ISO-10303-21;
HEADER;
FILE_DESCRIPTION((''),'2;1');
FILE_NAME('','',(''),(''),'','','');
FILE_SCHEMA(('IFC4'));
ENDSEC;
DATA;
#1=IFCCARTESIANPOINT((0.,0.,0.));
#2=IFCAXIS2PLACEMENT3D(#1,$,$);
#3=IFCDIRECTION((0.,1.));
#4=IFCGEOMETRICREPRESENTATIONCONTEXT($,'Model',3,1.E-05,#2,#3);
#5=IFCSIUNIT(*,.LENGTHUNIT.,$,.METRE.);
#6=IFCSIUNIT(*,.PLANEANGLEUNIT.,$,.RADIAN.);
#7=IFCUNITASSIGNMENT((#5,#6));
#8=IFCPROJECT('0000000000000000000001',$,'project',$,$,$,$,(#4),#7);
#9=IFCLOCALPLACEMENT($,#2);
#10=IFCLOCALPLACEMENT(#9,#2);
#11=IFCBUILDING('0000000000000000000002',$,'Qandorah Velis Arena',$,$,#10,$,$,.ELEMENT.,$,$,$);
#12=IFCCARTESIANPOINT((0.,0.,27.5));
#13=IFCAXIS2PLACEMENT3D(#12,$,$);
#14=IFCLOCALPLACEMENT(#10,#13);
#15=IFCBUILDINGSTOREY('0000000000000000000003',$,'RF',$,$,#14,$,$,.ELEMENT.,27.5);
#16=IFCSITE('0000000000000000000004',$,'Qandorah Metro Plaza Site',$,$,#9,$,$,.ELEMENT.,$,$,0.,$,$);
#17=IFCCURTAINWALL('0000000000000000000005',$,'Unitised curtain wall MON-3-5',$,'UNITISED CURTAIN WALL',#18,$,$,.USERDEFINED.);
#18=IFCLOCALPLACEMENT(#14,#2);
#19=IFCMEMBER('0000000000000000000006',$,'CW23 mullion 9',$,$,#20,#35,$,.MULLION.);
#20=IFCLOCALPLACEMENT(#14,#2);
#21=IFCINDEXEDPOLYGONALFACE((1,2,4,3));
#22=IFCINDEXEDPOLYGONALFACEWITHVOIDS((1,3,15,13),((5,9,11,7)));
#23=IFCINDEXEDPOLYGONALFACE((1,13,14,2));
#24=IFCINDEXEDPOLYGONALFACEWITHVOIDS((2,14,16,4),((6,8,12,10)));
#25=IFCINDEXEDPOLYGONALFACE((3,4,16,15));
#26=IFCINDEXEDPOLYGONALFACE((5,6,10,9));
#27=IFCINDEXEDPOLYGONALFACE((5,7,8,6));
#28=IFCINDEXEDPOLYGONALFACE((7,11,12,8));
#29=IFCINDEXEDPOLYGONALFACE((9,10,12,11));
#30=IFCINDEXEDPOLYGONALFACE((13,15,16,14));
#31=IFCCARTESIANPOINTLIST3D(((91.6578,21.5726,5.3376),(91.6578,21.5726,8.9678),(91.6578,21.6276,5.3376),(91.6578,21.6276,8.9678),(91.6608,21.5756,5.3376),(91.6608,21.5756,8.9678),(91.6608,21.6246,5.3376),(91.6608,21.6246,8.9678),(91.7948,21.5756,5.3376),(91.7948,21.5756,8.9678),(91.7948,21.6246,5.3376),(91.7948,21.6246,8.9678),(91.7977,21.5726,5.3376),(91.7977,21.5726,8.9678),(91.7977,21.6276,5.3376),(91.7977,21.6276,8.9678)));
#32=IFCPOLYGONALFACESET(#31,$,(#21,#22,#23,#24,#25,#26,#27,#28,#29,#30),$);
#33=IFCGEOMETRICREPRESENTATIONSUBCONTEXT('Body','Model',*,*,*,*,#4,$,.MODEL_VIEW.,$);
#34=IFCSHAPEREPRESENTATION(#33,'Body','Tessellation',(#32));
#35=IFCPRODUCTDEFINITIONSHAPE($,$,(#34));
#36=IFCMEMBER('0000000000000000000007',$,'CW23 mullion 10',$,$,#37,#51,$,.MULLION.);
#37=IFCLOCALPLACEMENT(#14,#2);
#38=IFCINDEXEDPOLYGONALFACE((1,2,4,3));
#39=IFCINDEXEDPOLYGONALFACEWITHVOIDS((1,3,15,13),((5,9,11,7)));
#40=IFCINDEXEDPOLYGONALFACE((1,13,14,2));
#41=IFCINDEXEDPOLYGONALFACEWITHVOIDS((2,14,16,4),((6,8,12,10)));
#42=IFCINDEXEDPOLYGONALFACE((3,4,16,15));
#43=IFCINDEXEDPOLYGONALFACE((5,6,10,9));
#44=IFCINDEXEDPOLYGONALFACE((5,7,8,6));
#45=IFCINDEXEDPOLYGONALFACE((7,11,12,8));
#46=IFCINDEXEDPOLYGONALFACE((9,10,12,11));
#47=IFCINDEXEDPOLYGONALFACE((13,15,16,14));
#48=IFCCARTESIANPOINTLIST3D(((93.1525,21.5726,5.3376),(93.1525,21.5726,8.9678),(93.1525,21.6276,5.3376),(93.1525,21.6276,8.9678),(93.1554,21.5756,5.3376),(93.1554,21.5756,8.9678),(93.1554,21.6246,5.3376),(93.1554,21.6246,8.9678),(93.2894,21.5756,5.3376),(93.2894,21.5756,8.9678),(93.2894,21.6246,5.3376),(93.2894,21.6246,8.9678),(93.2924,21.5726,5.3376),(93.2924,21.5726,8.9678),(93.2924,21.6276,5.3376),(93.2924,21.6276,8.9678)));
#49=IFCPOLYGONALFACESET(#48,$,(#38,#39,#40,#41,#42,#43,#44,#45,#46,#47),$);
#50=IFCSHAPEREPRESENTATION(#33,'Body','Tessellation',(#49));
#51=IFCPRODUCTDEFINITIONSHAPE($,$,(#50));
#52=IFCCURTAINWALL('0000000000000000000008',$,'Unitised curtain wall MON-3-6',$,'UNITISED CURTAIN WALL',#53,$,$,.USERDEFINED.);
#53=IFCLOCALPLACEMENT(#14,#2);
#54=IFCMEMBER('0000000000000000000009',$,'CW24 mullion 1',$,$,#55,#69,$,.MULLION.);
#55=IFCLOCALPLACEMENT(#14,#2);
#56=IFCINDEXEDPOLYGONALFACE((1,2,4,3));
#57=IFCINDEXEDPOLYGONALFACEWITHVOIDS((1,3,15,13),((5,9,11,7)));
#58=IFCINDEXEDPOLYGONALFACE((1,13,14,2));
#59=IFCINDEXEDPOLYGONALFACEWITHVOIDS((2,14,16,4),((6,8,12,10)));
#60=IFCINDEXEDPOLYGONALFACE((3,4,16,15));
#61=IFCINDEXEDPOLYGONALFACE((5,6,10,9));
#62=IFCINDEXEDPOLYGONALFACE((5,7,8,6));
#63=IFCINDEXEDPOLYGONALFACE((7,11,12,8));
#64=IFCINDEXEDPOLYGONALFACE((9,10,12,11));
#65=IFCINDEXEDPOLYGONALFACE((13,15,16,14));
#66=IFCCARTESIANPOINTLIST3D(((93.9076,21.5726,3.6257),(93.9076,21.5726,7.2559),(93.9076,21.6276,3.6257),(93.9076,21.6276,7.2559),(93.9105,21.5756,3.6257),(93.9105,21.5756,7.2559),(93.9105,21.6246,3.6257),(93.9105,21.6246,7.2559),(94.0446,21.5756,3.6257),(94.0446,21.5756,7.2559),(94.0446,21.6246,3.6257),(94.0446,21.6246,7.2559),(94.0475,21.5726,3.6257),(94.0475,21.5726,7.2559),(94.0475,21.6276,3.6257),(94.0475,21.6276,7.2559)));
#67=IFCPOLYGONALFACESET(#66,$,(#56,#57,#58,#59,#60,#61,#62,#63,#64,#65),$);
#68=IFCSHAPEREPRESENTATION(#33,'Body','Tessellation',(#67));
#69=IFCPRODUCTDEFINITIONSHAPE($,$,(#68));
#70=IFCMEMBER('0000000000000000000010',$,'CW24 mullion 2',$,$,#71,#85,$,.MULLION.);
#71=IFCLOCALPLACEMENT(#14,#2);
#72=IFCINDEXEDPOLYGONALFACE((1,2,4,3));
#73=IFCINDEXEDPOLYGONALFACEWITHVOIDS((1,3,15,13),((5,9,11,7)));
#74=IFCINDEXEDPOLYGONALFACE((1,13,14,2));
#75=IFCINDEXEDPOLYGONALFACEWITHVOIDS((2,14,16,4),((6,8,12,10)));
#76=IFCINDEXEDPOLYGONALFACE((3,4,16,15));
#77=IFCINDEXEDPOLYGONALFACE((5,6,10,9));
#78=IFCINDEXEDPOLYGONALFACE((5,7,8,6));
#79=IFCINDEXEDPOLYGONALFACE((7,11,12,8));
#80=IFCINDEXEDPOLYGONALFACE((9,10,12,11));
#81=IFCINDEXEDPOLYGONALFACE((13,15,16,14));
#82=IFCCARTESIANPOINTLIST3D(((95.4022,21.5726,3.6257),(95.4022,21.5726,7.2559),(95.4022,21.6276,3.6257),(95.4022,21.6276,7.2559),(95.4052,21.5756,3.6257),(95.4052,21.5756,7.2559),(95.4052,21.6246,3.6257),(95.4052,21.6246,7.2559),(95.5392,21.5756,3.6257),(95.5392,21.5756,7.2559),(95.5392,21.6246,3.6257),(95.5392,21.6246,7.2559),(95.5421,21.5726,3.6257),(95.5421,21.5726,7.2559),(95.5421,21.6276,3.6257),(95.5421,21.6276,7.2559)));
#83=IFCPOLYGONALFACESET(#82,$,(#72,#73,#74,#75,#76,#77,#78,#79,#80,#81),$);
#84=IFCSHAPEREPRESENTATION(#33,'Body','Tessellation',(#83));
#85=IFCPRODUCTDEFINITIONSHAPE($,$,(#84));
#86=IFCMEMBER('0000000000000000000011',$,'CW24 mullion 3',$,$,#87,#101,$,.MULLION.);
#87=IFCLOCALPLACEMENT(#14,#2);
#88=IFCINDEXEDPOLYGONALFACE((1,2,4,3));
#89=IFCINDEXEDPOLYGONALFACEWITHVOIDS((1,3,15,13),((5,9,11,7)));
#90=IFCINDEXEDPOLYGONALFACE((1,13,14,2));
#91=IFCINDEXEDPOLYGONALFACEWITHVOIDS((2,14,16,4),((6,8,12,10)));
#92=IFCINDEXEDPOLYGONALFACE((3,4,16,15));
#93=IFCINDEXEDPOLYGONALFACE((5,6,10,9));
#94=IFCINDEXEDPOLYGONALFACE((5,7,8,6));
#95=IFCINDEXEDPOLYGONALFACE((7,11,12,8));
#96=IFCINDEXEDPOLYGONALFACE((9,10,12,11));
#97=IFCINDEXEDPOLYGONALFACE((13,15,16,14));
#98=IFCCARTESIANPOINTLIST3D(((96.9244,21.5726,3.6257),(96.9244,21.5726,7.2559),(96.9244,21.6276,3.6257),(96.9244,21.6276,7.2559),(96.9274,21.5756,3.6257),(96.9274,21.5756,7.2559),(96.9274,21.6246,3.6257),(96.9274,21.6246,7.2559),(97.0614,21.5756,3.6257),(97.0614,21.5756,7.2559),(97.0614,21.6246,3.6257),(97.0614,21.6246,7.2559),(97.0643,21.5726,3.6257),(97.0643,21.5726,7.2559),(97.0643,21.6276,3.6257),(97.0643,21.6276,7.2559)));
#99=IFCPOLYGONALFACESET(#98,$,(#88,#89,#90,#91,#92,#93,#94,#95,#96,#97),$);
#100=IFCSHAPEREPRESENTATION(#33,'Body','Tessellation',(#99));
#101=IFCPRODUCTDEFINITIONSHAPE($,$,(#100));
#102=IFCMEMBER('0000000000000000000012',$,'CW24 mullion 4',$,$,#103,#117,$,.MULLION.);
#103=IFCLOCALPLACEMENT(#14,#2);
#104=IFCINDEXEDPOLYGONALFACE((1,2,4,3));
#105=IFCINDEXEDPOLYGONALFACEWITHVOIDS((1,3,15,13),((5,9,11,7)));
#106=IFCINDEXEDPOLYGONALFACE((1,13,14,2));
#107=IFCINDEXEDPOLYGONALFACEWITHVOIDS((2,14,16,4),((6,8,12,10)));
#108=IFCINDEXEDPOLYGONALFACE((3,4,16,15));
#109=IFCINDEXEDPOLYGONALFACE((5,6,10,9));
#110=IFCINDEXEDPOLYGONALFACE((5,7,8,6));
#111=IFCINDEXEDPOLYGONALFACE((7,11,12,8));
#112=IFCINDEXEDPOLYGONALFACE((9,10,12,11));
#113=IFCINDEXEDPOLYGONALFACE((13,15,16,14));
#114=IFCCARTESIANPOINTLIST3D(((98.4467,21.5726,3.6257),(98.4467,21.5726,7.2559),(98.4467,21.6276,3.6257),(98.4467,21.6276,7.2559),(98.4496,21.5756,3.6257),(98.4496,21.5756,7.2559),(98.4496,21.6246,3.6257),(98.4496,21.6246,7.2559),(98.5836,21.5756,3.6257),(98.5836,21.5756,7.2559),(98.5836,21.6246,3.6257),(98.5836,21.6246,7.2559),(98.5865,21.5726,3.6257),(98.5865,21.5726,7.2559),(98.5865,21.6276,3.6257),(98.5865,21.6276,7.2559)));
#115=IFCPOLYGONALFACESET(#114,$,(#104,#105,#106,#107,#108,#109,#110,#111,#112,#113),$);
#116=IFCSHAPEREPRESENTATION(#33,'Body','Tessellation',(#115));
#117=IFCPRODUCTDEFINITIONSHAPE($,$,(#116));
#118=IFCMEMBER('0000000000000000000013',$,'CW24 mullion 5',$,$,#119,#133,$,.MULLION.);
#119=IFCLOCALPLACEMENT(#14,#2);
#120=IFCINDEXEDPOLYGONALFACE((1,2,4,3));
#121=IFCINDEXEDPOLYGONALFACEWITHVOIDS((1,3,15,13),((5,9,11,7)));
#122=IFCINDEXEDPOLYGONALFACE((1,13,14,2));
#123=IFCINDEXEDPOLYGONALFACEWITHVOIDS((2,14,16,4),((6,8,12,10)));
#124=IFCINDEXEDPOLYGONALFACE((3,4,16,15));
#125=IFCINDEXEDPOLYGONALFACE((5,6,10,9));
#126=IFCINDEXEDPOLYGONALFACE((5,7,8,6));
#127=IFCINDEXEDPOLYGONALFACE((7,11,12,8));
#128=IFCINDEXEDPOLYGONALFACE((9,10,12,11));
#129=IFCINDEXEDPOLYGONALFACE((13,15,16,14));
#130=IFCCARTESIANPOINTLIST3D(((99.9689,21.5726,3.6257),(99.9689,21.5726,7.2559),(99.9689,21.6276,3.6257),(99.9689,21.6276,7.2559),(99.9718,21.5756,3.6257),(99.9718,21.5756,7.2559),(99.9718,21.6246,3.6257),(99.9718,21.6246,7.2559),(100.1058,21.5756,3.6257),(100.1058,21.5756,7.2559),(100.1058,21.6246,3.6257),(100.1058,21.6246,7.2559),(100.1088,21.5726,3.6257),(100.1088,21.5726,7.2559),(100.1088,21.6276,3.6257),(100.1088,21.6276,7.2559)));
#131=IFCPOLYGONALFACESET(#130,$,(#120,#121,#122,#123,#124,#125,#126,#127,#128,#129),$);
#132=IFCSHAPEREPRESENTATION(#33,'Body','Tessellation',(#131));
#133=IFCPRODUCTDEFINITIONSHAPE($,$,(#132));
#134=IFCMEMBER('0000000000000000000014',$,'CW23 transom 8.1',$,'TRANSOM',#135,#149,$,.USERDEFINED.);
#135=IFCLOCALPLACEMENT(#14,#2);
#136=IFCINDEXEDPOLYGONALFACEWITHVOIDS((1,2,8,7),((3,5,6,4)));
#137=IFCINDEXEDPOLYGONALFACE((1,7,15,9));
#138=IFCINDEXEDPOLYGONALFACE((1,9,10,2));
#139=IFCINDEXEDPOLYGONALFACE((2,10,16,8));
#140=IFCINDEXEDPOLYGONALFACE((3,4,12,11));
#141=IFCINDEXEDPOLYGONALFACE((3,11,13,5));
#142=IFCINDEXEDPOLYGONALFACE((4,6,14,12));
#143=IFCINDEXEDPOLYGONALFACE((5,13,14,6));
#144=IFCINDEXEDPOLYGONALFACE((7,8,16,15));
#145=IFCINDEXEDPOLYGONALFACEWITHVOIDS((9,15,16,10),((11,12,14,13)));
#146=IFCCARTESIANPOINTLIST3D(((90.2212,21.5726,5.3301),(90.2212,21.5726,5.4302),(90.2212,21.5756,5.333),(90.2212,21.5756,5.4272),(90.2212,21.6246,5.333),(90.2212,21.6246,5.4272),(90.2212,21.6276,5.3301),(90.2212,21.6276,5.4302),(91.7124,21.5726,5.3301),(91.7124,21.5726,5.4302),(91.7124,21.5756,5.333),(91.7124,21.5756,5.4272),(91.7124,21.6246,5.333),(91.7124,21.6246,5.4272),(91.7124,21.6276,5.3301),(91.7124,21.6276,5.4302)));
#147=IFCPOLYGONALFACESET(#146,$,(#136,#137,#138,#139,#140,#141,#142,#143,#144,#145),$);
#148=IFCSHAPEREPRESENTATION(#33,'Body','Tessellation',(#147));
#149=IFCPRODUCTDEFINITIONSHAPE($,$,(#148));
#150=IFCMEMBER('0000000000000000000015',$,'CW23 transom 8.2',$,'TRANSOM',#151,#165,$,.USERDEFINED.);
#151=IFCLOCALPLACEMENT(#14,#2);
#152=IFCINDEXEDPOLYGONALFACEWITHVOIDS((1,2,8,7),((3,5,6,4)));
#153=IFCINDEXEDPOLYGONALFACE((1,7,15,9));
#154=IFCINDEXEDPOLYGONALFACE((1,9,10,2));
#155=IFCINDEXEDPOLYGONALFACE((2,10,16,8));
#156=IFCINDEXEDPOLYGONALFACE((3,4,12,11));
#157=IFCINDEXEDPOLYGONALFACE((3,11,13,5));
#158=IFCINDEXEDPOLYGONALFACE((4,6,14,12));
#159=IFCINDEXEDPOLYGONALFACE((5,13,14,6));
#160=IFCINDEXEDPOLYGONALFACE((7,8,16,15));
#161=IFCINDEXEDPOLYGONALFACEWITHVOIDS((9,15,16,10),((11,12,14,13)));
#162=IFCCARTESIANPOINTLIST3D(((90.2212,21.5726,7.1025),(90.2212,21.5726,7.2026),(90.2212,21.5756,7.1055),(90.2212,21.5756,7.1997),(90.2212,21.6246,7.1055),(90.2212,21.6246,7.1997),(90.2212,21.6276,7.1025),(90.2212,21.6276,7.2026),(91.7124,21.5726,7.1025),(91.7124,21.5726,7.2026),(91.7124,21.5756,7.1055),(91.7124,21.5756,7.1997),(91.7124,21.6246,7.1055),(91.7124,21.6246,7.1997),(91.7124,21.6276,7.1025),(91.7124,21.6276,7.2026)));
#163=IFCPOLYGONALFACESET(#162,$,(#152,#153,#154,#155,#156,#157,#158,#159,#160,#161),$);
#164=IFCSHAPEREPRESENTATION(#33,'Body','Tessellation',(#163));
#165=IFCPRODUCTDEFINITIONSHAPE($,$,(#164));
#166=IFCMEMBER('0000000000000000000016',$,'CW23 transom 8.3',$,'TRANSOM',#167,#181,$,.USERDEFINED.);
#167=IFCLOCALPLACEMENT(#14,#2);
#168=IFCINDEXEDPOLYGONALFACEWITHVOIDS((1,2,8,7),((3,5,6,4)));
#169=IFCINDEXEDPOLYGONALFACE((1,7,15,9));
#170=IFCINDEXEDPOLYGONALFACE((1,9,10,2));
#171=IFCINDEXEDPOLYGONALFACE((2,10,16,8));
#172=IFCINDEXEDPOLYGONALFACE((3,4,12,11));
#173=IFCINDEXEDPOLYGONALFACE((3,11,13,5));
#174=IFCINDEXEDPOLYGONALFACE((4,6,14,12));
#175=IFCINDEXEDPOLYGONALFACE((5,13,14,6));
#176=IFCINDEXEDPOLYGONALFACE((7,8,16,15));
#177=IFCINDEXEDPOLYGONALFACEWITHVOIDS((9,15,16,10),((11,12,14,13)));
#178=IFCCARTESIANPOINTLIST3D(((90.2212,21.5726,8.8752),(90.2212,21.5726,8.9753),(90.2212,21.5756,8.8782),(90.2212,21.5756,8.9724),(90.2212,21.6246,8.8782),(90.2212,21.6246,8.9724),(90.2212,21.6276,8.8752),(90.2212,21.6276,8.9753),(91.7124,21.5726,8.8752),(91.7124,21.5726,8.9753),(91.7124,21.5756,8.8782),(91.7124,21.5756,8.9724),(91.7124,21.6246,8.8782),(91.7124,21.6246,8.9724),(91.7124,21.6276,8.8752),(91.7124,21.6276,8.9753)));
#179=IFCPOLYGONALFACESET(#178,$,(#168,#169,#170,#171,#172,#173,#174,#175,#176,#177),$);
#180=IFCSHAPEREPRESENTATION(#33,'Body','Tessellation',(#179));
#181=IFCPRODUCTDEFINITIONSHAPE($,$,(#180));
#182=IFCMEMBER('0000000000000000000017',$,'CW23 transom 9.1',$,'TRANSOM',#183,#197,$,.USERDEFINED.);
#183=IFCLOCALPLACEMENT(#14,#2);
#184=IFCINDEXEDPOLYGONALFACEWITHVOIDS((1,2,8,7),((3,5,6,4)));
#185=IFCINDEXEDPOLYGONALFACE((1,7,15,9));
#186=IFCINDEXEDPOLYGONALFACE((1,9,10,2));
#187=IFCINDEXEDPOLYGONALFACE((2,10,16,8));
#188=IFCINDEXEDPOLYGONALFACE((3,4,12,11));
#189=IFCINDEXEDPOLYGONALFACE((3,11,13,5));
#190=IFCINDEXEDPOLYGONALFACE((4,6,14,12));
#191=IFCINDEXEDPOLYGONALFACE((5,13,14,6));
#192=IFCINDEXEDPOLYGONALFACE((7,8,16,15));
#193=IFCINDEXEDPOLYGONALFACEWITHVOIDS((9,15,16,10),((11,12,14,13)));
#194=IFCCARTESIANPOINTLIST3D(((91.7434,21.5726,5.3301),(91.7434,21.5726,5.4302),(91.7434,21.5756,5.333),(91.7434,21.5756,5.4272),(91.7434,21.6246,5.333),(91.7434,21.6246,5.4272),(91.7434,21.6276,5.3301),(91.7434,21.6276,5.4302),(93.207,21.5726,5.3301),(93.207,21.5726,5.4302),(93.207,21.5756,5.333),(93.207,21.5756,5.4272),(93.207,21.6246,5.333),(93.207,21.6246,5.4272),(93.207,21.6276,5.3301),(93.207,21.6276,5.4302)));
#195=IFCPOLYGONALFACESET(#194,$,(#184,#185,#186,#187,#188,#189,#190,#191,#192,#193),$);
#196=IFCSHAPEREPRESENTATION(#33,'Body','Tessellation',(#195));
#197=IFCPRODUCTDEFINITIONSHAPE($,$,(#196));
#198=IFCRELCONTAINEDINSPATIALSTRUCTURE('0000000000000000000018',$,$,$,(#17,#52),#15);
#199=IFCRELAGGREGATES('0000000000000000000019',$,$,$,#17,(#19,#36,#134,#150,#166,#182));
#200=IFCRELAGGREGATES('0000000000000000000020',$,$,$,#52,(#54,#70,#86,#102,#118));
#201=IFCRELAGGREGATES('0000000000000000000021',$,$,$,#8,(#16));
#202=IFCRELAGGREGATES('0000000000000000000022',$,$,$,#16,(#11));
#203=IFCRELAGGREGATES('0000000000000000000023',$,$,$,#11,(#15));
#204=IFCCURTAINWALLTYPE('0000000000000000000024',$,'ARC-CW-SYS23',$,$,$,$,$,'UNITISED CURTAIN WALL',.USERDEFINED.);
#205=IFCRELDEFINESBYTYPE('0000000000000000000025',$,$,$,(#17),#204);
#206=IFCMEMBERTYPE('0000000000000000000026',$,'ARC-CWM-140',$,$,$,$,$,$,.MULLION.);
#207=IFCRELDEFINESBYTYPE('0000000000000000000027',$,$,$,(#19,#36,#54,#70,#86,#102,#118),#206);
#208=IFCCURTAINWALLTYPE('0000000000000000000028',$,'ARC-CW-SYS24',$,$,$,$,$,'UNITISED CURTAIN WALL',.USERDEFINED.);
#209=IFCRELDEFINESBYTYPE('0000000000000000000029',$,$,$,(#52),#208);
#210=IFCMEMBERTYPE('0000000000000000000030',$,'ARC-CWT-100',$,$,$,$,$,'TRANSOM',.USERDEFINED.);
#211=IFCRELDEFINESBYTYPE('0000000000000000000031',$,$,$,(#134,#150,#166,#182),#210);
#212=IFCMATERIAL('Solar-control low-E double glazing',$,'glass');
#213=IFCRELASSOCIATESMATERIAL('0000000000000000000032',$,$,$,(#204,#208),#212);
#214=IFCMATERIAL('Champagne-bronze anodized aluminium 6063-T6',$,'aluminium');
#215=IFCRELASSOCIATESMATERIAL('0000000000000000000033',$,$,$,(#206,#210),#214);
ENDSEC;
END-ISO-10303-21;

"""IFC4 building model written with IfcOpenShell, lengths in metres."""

from ifc_helpers import new_model, si_unit, direction, frame, origin, origin_2d, place, context, subcontext, project, spatial, hollow_rectangle, extrude, material, material_profile, profile_set, type_object, element, aggregate, save


model = new_model("IFC4")

# Units and contexts
model_context = context("Model", 3, precision=1e-05, world=origin(), true_north=direction((0.0, 1.0)))
body_context = subcontext(model_context, "Body", "Model", "MODEL_VIEW")
ifc_project = project(units=[si_unit("LENGTHUNIT", "METRE"), si_unit("PLANEANGLEUNIT", "RADIAN")], contexts=[model_context])

# Site, building, storey
site_placement = place(None, origin())
site = spatial("IfcSite", under=ifc_project, at=site_placement, Name="Qandorah Metro Plaza Site", CompositionType="ELEMENT", RefElevation=0.0)
building_placement = place(site_placement, origin())
building = spatial("IfcBuilding", under=site, at=building_placement, Name="Qandorah Velis Arena", CompositionType="ELEMENT")
storey_placement = place(building_placement, frame((0.0, 0.0, 27.5)))
storey = spatial("IfcBuildingStorey", under=building, at=storey_placement, Name="RF", CompositionType="ELEMENT", Elevation=27.5)

# Curtain walls, members
ifc_material_1 = material(Name="Solar-control low-E double glazing", Category="glass")
curtain_wall_type_1 = type_object("IfcCurtainWallType", Name="ARC-CW-SYS23", ElementType="UNITISED CURTAIN WALL", PredefinedType="USERDEFINED", material=ifc_material_1)
curtain_wall_1_placement = place(storey_placement, origin())
curtain_wall_1 = element("IfcCurtainWall", 1, at=curtain_wall_1_placement, inside=storey, type_object=curtain_wall_type_1, Name="Unitised curtain wall MON-3-5", ObjectType="UNITISED CURTAIN WALL", PredefinedType="USERDEFINED")
ifc_material_2 = material(Name="Champagne-bronze anodized aluminium 6063-T6", Category="aluminium")
ifc_material_profile_1 = material_profile(ifc_material_2, hollow_rectangle(XDim=0.0549, YDim=0.1399, WallThickness=0.0029, at=origin_2d()), Name="ALU MULLION 55x140")
ifc_profile_set_1 = profile_set([ifc_material_profile_1], Name="Champagne-bronze anodized aluminium 6063-T6")
member_type_1 = type_object("IfcMemberType", Name="ARC-CWM-140", PredefinedType="MULLION", material=ifc_profile_set_1)
member_1_placement = place(storey_placement, frame((91.7278, 21.6001, 5.3376), z_axis=(0.0, 0.0, 1.0), x_axis=(0.0, 1.0, 0.0)))
member_1 = element("IfcMember", 2, at=member_1_placement, type_object=member_type_1, Name="CW23 mullion 9", PredefinedType="MULLION", context=body_context, shape_type="SweptSolid", body=[
    extrude(hollow_rectangle(XDim=0.0549, YDim=0.1399, WallThickness=0.0029, at=origin_2d()), origin(), (0.0, 0.0, 1.0), 3.6301),
])
member_2_placement = place(storey_placement, frame((93.2224, 21.6001, 5.3376), z_axis=(0.0, 0.0, 1.0), x_axis=(0.0, 1.0, 0.0)))
member_2 = element("IfcMember", 3, at=member_2_placement, type_object=member_type_1, Name="CW23 mullion 10", PredefinedType="MULLION", context=body_context, shape_type="SweptSolid", body=[
    extrude(hollow_rectangle(XDim=0.0549, YDim=0.1399, WallThickness=0.0029, at=origin_2d()), origin(), (0.0, 0.0, 1.0), 3.6301),
])
curtain_wall_type_2 = type_object("IfcCurtainWallType", Name="ARC-CW-SYS24", ElementType="UNITISED CURTAIN WALL", PredefinedType="USERDEFINED", material=ifc_material_1)
curtain_wall_2_placement = place(storey_placement, origin())
curtain_wall_2 = element("IfcCurtainWall", 4, at=curtain_wall_2_placement, inside=storey, type_object=curtain_wall_type_2, Name="Unitised curtain wall MON-3-6", ObjectType="UNITISED CURTAIN WALL", PredefinedType="USERDEFINED")
member_3_placement = place(storey_placement, frame((93.9775, 21.6001, 3.6257), z_axis=(0.0, 0.0, 1.0), x_axis=(0.0, 1.0, 0.0)))
member_3 = element("IfcMember", 5, at=member_3_placement, type_object=member_type_1, Name="CW24 mullion 1", PredefinedType="MULLION", context=body_context, shape_type="SweptSolid", body=[
    extrude(hollow_rectangle(XDim=0.0549, YDim=0.1399, WallThickness=0.0029, at=origin_2d()), origin(), (0.0, 0.0, 1.0), 3.6301),
])
member_4_placement = place(storey_placement, frame((95.4722, 21.6001, 3.6257), z_axis=(0.0, 0.0, 1.0), x_axis=(0.0, 1.0, 0.0)))
member_4 = element("IfcMember", 6, at=member_4_placement, type_object=member_type_1, Name="CW24 mullion 2", PredefinedType="MULLION", context=body_context, shape_type="SweptSolid", body=[
    extrude(hollow_rectangle(XDim=0.0549, YDim=0.1399, WallThickness=0.0029, at=origin_2d()), origin(), (0.0, 0.0, 1.0), 3.6301),
])
member_5_placement = place(storey_placement, frame((96.9944, 21.6001, 3.6257), z_axis=(0.0, 0.0, 1.0), x_axis=(0.0, 1.0, 0.0)))
member_5 = element("IfcMember", 7, at=member_5_placement, type_object=member_type_1, Name="CW24 mullion 3", PredefinedType="MULLION", context=body_context, shape_type="SweptSolid", body=[
    extrude(hollow_rectangle(XDim=0.0549, YDim=0.1399, WallThickness=0.0029, at=origin_2d()), origin(), (0.0, 0.0, 1.0), 3.6301),
])
member_6_placement = place(storey_placement, frame((98.5166, 21.6001, 3.6257), z_axis=(0.0, 0.0, 1.0), x_axis=(0.0, 1.0, 0.0)))
member_6 = element("IfcMember", 8, at=member_6_placement, type_object=member_type_1, Name="CW24 mullion 4", PredefinedType="MULLION", context=body_context, shape_type="SweptSolid", body=[
    extrude(hollow_rectangle(XDim=0.0549, YDim=0.1399, WallThickness=0.0029, at=origin_2d()), origin(), (0.0, 0.0, 1.0), 3.6301),
])
member_7_placement = place(storey_placement, frame((100.0388, 21.6001, 3.6257), z_axis=(0.0, 0.0, 1.0), x_axis=(0.0, 1.0, 0.0)))
member_7 = element("IfcMember", 9, at=member_7_placement, type_object=member_type_1, Name="CW24 mullion 5", PredefinedType="MULLION", context=body_context, shape_type="SweptSolid", body=[
    extrude(hollow_rectangle(XDim=0.0549, YDim=0.1399, WallThickness=0.0029, at=origin_2d()), origin(), (0.0, 0.0, 1.0), 3.6301),
])

# Members
ifc_material_profile_2 = material_profile(ifc_material_2, hollow_rectangle(XDim=0.0549, YDim=0.1001, WallThickness=0.0029, at=origin_2d()), Name="ALU TRANSOM 55x100")
ifc_profile_set_2 = profile_set([ifc_material_profile_2], Name="Champagne-bronze anodized aluminium 6063-T6")
member_type_2 = type_object("IfcMemberType", Name="ARC-CWT-100", ElementType="TRANSOM", PredefinedType="USERDEFINED", material=ifc_profile_set_2)
member_8_placement = place(storey_placement, frame((90.2212, 21.6001, 5.3801), z_axis=(1.0, 0.0, 0.0), x_axis=(0.0, 1.0, 0.0)))
member_8 = element("IfcMember", 10, at=member_8_placement, type_object=member_type_2, Name="CW23 transom 8.1", ObjectType="TRANSOM", PredefinedType="USERDEFINED", context=body_context, shape_type="SweptSolid", body=[
    extrude(hollow_rectangle(XDim=0.0549, YDim=0.1001, WallThickness=0.0029, at=origin_2d()), origin(), (0.0, 0.0, 1.0), 1.4912),
])
member_9_placement = place(storey_placement, frame((90.2212, 21.6001, 7.1526), z_axis=(1.0, 0.0, 0.0), x_axis=(0.0, 1.0, 0.0)))
member_9 = element("IfcMember", 11, at=member_9_placement, type_object=member_type_2, Name="CW23 transom 8.2", ObjectType="TRANSOM", PredefinedType="USERDEFINED", context=body_context, shape_type="SweptSolid", body=[
    extrude(hollow_rectangle(XDim=0.0549, YDim=0.1001, WallThickness=0.0029, at=origin_2d()), origin(), (0.0, 0.0, 1.0), 1.4912),
])
member_10_placement = place(storey_placement, frame((90.2212, 21.6001, 8.9253), z_axis=(1.0, 0.0, 0.0), x_axis=(0.0, 1.0, 0.0)))
member_10 = element("IfcMember", 12, at=member_10_placement, type_object=member_type_2, Name="CW23 transom 8.3", ObjectType="TRANSOM", PredefinedType="USERDEFINED", context=body_context, shape_type="SweptSolid", body=[
    extrude(hollow_rectangle(XDim=0.0549, YDim=0.1001, WallThickness=0.0029, at=origin_2d()), origin(), (0.0, 0.0, 1.0), 1.4912),
])
member_11_placement = place(storey_placement, frame((91.7434, 21.6001, 5.3801), z_axis=(1.0, 0.0, 0.0), x_axis=(0.0, 1.0, 0.0)))
member_11 = element("IfcMember", 13, at=member_11_placement, type_object=member_type_2, Name="CW23 transom 9.1", ObjectType="TRANSOM", PredefinedType="USERDEFINED", context=body_context, shape_type="SweptSolid", body=[
    extrude(hollow_rectangle(XDim=0.0549, YDim=0.1001, WallThickness=0.0029, at=origin_2d()), origin(), (0.0, 0.0, 1.0), 1.4636),
])

aggregate(curtain_wall_1, [member_1, member_2, member_8, member_9, member_10, member_11])
aggregate(curtain_wall_2, [member_3, member_4, member_5, member_6, member_7])

save(model, "model.ifc")
